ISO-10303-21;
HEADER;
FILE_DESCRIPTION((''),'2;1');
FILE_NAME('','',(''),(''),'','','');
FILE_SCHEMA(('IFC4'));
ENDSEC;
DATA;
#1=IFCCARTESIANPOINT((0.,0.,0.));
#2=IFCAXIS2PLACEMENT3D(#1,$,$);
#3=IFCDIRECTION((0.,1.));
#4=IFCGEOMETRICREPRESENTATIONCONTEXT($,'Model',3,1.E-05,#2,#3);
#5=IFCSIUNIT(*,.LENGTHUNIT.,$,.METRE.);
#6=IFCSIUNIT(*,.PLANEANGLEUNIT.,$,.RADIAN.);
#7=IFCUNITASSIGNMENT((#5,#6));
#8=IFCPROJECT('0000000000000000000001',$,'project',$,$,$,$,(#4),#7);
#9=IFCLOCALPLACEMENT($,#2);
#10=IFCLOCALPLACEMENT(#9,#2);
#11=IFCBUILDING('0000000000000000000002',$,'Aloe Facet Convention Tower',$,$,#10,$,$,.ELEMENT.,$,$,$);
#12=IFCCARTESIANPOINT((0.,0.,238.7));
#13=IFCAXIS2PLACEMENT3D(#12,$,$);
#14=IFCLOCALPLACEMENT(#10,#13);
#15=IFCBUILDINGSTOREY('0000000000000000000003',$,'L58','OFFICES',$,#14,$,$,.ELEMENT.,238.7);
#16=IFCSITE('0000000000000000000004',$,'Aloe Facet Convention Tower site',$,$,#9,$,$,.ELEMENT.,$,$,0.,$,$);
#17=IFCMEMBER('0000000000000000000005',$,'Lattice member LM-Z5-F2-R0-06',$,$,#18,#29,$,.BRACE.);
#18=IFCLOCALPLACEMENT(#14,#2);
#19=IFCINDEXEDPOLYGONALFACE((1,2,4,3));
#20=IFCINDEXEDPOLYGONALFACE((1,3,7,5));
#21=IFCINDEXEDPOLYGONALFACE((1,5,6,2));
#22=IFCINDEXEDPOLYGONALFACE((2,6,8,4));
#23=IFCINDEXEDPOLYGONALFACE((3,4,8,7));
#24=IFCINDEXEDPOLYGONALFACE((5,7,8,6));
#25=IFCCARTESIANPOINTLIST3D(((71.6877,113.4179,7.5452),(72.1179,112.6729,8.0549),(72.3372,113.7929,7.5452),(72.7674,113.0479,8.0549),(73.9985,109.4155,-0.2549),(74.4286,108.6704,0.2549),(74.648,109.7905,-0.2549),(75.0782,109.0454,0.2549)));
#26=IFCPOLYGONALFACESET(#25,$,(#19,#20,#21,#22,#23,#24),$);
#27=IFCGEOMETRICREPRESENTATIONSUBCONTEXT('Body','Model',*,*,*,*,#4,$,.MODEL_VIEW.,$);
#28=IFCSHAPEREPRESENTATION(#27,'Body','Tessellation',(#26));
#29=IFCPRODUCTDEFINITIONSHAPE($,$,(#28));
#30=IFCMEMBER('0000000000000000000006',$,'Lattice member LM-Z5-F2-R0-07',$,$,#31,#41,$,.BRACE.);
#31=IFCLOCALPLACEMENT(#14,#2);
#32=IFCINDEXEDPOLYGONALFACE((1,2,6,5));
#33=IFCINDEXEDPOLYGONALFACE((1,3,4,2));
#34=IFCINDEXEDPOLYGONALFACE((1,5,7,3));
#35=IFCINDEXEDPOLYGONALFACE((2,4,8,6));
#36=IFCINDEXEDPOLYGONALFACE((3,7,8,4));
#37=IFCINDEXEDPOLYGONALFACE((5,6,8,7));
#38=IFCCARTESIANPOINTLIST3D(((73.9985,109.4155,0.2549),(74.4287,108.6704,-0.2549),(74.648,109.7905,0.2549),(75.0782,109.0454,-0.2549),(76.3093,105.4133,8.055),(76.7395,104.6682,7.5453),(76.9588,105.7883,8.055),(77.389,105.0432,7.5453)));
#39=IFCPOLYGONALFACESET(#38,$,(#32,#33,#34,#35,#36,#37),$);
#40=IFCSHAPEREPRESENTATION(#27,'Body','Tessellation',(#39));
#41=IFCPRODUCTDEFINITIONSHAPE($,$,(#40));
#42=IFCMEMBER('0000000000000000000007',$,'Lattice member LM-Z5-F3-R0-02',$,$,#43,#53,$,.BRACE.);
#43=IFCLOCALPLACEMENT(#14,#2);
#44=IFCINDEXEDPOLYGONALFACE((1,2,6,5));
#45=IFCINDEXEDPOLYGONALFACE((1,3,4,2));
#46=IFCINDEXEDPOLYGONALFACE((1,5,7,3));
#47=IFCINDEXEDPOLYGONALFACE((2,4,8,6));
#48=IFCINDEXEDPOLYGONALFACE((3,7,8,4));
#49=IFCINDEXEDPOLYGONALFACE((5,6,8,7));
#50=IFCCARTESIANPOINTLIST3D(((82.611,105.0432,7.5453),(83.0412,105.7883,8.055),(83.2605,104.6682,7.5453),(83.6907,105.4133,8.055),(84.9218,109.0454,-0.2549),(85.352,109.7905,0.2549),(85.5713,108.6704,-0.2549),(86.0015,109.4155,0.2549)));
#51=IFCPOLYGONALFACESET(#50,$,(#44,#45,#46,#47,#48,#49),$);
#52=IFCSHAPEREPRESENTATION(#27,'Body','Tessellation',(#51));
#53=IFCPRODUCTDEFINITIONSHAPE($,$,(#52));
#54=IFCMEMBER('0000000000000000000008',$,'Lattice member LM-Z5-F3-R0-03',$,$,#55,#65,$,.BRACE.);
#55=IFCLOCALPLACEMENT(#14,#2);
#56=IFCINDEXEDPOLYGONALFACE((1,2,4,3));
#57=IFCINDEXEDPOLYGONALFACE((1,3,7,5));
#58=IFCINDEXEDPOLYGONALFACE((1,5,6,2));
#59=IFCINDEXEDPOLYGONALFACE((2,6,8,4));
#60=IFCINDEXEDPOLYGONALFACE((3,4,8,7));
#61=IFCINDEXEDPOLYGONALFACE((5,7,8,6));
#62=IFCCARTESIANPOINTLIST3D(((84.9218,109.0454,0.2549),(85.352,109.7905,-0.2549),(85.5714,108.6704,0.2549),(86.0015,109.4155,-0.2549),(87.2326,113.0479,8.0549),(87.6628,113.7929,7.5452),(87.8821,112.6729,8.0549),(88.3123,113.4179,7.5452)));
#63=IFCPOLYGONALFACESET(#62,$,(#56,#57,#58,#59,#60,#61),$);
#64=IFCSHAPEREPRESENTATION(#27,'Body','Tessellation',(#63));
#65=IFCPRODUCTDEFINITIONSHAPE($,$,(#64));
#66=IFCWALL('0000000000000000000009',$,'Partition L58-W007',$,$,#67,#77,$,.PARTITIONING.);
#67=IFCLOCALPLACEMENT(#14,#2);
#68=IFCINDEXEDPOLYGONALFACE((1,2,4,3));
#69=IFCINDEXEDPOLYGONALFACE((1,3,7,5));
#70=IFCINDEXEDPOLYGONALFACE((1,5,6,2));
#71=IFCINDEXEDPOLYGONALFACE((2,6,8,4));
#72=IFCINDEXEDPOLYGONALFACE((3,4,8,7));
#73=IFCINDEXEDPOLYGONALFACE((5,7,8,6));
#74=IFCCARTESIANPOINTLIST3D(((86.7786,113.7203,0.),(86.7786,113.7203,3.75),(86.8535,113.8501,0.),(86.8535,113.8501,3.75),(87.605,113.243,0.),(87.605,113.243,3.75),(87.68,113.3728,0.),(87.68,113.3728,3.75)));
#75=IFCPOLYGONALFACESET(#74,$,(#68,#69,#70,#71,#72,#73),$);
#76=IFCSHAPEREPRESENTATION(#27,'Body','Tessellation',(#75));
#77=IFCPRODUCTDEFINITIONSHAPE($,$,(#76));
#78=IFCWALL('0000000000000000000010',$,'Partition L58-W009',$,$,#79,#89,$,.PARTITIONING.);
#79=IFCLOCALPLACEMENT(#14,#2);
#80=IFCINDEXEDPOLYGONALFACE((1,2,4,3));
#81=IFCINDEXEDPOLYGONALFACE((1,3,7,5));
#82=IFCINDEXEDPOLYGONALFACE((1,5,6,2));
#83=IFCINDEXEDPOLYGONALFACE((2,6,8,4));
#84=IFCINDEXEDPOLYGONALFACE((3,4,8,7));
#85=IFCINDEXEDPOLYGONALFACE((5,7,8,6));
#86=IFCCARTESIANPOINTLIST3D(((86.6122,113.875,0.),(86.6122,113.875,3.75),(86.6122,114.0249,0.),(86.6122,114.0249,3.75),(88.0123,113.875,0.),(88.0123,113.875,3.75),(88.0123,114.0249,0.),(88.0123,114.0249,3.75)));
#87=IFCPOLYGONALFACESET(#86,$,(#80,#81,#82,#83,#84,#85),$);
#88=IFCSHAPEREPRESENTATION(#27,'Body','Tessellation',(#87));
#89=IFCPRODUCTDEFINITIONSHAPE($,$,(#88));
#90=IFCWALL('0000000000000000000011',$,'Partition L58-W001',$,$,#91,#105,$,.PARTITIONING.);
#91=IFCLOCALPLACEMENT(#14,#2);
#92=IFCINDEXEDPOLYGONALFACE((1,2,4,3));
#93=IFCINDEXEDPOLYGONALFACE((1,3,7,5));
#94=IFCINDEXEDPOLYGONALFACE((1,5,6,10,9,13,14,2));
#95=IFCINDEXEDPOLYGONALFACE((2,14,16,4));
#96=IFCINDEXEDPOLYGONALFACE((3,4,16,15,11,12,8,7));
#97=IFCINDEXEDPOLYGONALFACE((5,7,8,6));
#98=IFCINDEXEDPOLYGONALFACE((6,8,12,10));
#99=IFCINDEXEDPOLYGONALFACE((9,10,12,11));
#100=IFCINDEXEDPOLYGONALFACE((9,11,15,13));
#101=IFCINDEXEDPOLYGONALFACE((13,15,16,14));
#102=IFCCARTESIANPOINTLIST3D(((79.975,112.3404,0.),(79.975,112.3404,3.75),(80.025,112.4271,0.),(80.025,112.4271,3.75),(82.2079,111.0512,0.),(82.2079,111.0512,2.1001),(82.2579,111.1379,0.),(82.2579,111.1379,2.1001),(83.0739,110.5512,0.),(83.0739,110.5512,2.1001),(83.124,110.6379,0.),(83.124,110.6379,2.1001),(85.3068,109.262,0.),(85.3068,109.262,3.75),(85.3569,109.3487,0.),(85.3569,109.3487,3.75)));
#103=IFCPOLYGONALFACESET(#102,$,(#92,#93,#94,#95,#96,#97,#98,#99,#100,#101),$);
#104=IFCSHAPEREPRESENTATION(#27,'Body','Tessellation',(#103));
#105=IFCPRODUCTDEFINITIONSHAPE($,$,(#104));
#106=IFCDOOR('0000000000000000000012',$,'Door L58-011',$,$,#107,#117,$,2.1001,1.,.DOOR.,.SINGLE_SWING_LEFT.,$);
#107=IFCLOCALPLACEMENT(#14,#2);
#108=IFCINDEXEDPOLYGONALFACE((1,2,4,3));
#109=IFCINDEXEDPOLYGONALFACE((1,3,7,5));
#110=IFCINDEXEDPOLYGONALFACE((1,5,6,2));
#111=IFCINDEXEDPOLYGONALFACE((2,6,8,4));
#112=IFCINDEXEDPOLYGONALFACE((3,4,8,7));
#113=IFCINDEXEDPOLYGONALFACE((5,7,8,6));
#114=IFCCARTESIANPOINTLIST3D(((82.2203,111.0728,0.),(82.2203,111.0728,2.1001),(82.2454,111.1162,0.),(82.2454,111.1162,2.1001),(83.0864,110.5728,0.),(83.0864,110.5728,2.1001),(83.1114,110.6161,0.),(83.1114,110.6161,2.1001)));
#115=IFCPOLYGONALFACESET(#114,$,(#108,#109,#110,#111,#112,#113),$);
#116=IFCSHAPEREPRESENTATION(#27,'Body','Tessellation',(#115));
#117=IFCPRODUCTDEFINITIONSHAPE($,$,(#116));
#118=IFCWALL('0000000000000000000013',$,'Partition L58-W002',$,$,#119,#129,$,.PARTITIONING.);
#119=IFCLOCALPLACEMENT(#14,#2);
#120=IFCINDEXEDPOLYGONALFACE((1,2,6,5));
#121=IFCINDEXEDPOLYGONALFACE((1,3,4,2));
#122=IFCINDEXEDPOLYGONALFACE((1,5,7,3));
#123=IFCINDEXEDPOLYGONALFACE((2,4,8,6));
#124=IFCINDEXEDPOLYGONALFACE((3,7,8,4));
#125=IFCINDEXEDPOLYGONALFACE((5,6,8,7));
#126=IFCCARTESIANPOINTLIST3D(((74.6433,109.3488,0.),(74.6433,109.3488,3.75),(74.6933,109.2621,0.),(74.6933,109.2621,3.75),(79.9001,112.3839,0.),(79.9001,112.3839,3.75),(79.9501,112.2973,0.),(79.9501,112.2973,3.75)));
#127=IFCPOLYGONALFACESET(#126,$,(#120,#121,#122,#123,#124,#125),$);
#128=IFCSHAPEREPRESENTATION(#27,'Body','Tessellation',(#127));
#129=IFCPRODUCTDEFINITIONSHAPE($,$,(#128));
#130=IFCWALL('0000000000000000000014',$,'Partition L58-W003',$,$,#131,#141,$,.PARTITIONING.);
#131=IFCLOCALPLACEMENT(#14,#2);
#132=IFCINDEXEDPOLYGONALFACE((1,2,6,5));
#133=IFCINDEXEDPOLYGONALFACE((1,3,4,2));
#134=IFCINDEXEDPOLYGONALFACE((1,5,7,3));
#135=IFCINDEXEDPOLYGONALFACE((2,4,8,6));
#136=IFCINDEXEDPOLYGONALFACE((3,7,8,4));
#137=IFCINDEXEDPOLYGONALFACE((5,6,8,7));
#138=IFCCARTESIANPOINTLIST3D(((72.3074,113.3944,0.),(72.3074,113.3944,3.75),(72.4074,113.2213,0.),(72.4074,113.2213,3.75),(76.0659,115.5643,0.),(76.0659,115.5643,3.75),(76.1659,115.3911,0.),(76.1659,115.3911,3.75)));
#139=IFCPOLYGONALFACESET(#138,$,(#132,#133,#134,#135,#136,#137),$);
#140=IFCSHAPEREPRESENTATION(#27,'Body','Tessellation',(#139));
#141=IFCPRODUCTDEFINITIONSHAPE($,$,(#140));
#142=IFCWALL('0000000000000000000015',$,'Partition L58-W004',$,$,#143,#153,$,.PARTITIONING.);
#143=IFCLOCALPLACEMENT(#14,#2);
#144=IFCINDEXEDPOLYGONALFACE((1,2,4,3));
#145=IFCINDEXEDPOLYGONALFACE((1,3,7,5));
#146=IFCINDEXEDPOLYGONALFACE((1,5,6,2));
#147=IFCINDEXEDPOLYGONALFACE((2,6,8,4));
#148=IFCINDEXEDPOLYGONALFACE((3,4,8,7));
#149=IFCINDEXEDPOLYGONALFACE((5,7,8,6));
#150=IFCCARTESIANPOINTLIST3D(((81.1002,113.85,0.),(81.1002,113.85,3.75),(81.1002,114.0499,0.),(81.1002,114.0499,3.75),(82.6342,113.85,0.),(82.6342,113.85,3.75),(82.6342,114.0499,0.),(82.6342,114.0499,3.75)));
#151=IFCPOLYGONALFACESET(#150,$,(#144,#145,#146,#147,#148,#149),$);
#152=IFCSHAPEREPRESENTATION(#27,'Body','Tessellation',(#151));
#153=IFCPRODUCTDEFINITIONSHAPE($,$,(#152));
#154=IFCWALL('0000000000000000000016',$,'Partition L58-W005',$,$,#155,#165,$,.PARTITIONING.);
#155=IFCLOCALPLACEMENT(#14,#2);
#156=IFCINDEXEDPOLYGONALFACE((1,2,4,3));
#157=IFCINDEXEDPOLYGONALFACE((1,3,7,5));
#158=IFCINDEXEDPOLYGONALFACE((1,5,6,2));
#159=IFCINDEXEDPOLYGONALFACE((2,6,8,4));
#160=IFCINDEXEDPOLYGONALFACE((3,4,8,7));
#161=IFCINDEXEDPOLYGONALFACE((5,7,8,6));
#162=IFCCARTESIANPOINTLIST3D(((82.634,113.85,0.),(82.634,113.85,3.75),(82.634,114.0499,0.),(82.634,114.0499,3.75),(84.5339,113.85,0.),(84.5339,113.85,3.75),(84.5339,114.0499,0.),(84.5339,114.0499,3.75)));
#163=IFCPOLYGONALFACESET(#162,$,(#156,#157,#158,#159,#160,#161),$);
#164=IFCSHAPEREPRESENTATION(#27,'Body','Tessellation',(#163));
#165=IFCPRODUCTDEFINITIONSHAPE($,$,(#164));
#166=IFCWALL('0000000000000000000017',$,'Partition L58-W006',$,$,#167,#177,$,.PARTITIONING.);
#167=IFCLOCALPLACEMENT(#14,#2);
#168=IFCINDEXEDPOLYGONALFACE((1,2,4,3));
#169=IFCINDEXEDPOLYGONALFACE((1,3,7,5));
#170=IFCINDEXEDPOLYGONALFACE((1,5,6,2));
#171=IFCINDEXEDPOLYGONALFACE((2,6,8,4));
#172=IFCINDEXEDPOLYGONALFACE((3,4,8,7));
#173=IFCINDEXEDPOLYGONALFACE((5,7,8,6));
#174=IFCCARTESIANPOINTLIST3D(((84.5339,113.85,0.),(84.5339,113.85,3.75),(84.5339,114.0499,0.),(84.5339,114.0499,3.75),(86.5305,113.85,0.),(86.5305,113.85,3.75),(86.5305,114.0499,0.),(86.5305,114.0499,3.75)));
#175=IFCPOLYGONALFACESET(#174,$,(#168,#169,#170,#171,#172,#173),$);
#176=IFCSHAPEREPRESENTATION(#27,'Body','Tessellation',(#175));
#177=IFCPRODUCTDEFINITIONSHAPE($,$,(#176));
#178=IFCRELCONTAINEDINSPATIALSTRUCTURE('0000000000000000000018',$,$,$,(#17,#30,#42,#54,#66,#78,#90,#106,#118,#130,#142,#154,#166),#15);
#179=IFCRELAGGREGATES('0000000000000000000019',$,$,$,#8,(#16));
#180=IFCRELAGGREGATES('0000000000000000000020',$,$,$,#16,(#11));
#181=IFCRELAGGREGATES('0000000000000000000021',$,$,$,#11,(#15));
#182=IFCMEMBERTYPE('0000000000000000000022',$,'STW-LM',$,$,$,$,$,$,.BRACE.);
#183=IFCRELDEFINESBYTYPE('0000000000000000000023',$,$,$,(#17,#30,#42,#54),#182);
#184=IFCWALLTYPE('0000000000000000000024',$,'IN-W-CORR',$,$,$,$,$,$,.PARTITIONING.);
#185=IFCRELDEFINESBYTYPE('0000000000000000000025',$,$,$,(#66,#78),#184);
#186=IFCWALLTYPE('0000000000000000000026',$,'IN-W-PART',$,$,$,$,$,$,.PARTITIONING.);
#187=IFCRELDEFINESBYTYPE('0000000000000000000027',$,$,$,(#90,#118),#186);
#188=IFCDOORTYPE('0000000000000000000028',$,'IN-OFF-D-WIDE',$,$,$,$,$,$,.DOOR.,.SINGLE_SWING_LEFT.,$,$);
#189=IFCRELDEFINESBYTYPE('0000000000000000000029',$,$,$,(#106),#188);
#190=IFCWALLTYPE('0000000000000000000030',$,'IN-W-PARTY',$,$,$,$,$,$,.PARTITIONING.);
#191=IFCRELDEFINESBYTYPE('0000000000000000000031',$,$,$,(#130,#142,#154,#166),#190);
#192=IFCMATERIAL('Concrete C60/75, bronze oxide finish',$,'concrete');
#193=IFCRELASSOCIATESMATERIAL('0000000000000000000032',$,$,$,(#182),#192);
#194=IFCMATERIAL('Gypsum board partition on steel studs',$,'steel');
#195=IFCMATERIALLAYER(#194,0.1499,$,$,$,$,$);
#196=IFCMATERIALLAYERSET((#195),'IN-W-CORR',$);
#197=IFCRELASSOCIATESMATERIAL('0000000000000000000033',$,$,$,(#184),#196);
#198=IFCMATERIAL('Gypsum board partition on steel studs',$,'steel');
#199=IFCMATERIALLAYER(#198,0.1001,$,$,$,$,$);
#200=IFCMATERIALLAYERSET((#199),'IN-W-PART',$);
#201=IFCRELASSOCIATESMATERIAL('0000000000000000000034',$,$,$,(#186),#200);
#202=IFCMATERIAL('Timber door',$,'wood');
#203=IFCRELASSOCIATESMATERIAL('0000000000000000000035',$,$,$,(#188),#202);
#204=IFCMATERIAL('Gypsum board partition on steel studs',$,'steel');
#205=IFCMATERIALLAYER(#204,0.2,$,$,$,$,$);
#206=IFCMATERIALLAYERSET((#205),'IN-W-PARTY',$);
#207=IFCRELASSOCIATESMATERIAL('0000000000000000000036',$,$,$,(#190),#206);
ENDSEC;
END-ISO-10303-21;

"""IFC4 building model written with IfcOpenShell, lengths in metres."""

from ifc_helpers import new_model, si_unit, direction, frame, frame_2d, origin, origin_2d, place, context, subcontext, project, spatial, rectangle, extrude, material, layer, layer_set, material_profile, profile_set, type_object, element, fill, save


model = new_model("IFC4")

# Units and contexts
model_context = context("Model", 3, precision=1e-05, world=origin(), true_north=direction((0.0, 1.0)))
body_context = subcontext(model_context, "Body", "Model", "MODEL_VIEW")
ifc_project = project(units=[si_unit("LENGTHUNIT", "METRE"), si_unit("PLANEANGLEUNIT", "RADIAN")], contexts=[model_context])

# Site, building, storey
site_placement = place(None, origin())
site = spatial("IfcSite", under=ifc_project, at=site_placement, Name="Aloe Facet Convention Tower site", CompositionType="ELEMENT", RefElevation=0.0)
building_placement = place(site_placement, origin())
building = spatial("IfcBuilding", under=site, at=building_placement, Name="Aloe Facet Convention Tower", CompositionType="ELEMENT")
storey_placement = place(building_placement, frame((0.0, 0.0, 238.7)))
storey = spatial("IfcBuildingStorey", under=building, at=storey_placement, Name="L58", Description="OFFICES", CompositionType="ELEMENT", Elevation=238.7)

# Members
ifc_material_1 = material(Name="Concrete C60/75, bronze oxide finish", Category="concrete")
ifc_material_profile_1 = material_profile(ifc_material_1, rectangle(XDim=0.75, YDim=1.0, at=origin_2d()), Name="STW-LM")
ifc_profile_set_1 = profile_set([ifc_material_profile_1], Name="Concrete C60/75, bronze oxide finish")
member_type = type_object("IfcMemberType", Name="STW-LM", PredefinedType="BRACE", material=ifc_profile_set_1)
for number, where, z_axis, x_axis, name in (
    (1, (74.5383, 109.2305, 0.0), (-0.254873, 0.441458, 0.860322), (-0.866027, -0.499997, 0.0), "Lattice member LM-Z5-F2-R0-06"),
    (2, (74.5383, 109.2305, 0.0), (0.254876, -0.441436, 0.860333), (0.866014, 0.50002, 0.0), "Lattice member LM-Z5-F2-R0-07"),
    (3, (85.4617, 109.2305, 0.0), (-0.254876, -0.441436, 0.860333), (0.866014, -0.50002, 0.0), "Lattice member LM-Z5-F3-R0-02"),
    (4, (85.4617, 109.2305, 0.0), (0.254873, 0.441458, 0.860322), (-0.866027, 0.499997, 0.0), "Lattice member LM-Z5-F3-R0-03"),
):
    element("IfcMember", number, at=place(storey_placement, frame(where, z_axis=z_axis, x_axis=x_axis)), inside=storey, type_object=member_type, Name=name, PredefinedType="BRACE", context=body_context, shape_type="SweptSolid", body=[
        extrude(rectangle(XDim=0.75, YDim=1.0, at=origin_2d()), origin(), (0.0, 0.0, 1.0), 9.0664),
    ])

# Walls
ifc_material_2 = material(Name="Gypsum board partition on steel studs", Category="steel")
ifc_layer_1 = layer(ifc_material_2, 0.1499)
ifc_layer_set_1 = layer_set([ifc_layer_1], Name="IN-W-CORR")
wall_type_1 = type_object("IfcWallType", Name="IN-W-CORR", PredefinedType="PARTITIONING", material=ifc_layer_set_1)
wall_1_placement = place(storey_placement, frame((86.8162, 113.7852, 0.0), z_axis=(0.0, 0.0, 1.0), x_axis=(0.865951, -0.500128, 0.0)))
element("IfcWall", 5, at=wall_1_placement, inside=storey, type_object=wall_type_1, Name="Partition L58-W007", PredefinedType="PARTITIONING", context=body_context, shape_type="SweptSolid", body=[
    extrude(rectangle(XDim=0.9543, YDim=0.1499, at=frame_2d((0.4771, 0.0))), origin(), (0.0, 0.0, 1.0), 3.75),
])
wall_2_placement = place(storey_placement, frame((86.6121, 113.95, 0.0), z_axis=(0.0, 0.0, 1.0), x_axis=(1.0, 0.0, 0.0)))
element("IfcWall", 6, at=wall_2_placement, inside=storey, type_object=wall_type_1, Name="Partition L58-W009", PredefinedType="PARTITIONING", context=body_context, shape_type="SweptSolid", body=[
    extrude(rectangle(XDim=1.4001, YDim=0.1499, at=frame_2d((0.7002, 0.0))), origin(), (0.0, 0.0, 1.0), 3.75),
])

# Wall, opening, door
ifc_material_3 = material(Name="Gypsum board partition on steel studs", Category="steel")
ifc_layer_2 = layer(ifc_material_3, 0.1001)
ifc_layer_set_2 = layer_set([ifc_layer_2], Name="IN-W-PART")
wall_type_2 = type_object("IfcWallType", Name="IN-W-PART", PredefinedType="PARTITIONING", material=ifc_layer_set_2)
wall_3_placement = place(storey_placement, frame((80.0, 112.3838, 0.0), z_axis=(0.0, 0.0, 1.0), x_axis=(0.866021, -0.500007, 0.0)))
wall_3 = element("IfcWall", 7, at=wall_3_placement, inside=storey, type_object=wall_type_2, Name="Partition L58-W001", PredefinedType="PARTITIONING", context=body_context, shape_type="SweptSolid", body=[
    extrude(rectangle(XDim=6.1567, YDim=0.1001, at=frame_2d((3.0784, 0.0))), origin(), (0.0, 0.0, 1.0), 3.75),
])
opening_placement = place(wall_3_placement, frame((2.5784, 0.0, 0.0)))
opening = element("IfcOpeningElement", 8, at=opening_placement, cuts=wall_3, PredefinedType="OPENING", context=body_context, shape_type="SweptSolid", body=[
    extrude(rectangle(XDim=1.0, YDim=2.1001, at=frame_2d((0.5, 1.05))), frame((0.0, 0.0601, 0.0), z_axis=(0.0, -1.0, 0.0), x_axis=(1.0, 0.0, 0.0)), (0.0, 0.0, 1.0), 0.1201),
])
ifc_material_4 = material(Name="Timber door", Category="wood")
door_type = type_object("IfcDoorType", Name="IN-OFF-D-WIDE", OperationType="SINGLE_SWING_LEFT", PredefinedType="DOOR", material=ifc_material_4)
door_placement = place(opening_placement, origin())
door = element("IfcDoor", 9, at=door_placement, inside=storey, type_object=door_type, Name="Door L58-011", OperationType="SINGLE_SWING_LEFT", OverallHeight=2.1001, OverallWidth=1.0, PredefinedType="DOOR", context=body_context, shape_type="SweptSolid", body=[
    extrude(rectangle(XDim=1.0, YDim=2.1001, at=frame_2d((0.5, 1.05))), frame((0.0, 0.0249, 0.0), z_axis=(0.0, -1.0, 0.0), x_axis=(1.0, 0.0, 0.0)), (0.0, 0.0, 1.0), 0.05),
])
fill(opening, door)

# Walls
wall_4_placement = place(storey_placement, frame((74.6682, 109.3054, 0.0), z_axis=(0.0, 0.0, 1.0), x_axis=(0.866017, 0.500015, 0.0)))
element("IfcWall", 10, at=wall_4_placement, inside=storey, type_object=wall_type_2, Name="Partition L58-W002", PredefinedType="PARTITIONING", context=body_context, shape_type="SweptSolid", body=[
    extrude(rectangle(XDim=6.0701, YDim=0.1001, at=frame_2d((3.0352, 0.0))), origin(), (0.0, 0.0, 1.0), 3.75),
])
ifc_material_5 = material(Name="Gypsum board partition on steel studs", Category="steel")
ifc_layer_3 = layer(ifc_material_5, 0.2)
ifc_layer_set_3 = layer_set([ifc_layer_3], Name="IN-W-PARTY")
wall_type_3 = type_object("IfcWallType", Name="IN-W-PARTY", PredefinedType="PARTITIONING", material=ifc_layer_set_3)
wall_5_placement = place(storey_placement, frame((72.3574, 113.3079, 0.0), z_axis=(0.0, 0.0, 1.0), x_axis=(0.866033, 0.499987, 0.0)))
element("IfcWall", 11, at=wall_5_placement, inside=storey, type_object=wall_type_3, Name="Partition L58-W003", PredefinedType="PARTITIONING", context=body_context, shape_type="SweptSolid", body=[
    extrude(rectangle(XDim=4.3398, YDim=0.2, at=frame_2d((2.1699, 0.0))), origin(), (0.0, 0.0, 1.0), 3.75),
])
wall_6_placement = place(storey_placement, frame((81.1001, 113.95, 0.0), z_axis=(0.0, 0.0, 1.0), x_axis=(1.0, 0.0, 0.0)))
element("IfcWall", 12, at=wall_6_placement, inside=storey, type_object=wall_type_3, Name="Partition L58-W004", PredefinedType="PARTITIONING", context=body_context, shape_type="SweptSolid", body=[
    extrude(rectangle(XDim=1.5339, YDim=0.2, at=frame_2d((0.7671, 0.0))), origin(), (0.0, 0.0, 1.0), 3.75),
])
wall_7_placement = place(storey_placement, frame((82.634, 113.95, 0.0), z_axis=(0.0, 0.0, 1.0), x_axis=(1.0, 0.0, 0.0)))
element("IfcWall", 13, at=wall_7_placement, inside=storey, type_object=wall_type_3, Name="Partition L58-W005", PredefinedType="PARTITIONING", context=body_context, shape_type="SweptSolid", body=[
    extrude(rectangle(XDim=1.8999, YDim=0.2, at=frame_2d((0.95, 0.0))), origin(), (0.0, 0.0, 1.0), 3.75),
])
wall_8_placement = place(storey_placement, frame((84.5339, 113.95, 0.0), z_axis=(0.0, 0.0, 1.0), x_axis=(1.0, 0.0, 0.0)))
element("IfcWall", 14, at=wall_8_placement, inside=storey, type_object=wall_type_3, Name="Partition L58-W006", PredefinedType="PARTITIONING", context=body_context, shape_type="SweptSolid", body=[
    extrude(rectangle(XDim=1.9966, YDim=0.2, at=frame_2d((0.9983, 0.0))), origin(), (0.0, 0.0, 1.0), 3.75),
])

save(model, "model.ifc")
